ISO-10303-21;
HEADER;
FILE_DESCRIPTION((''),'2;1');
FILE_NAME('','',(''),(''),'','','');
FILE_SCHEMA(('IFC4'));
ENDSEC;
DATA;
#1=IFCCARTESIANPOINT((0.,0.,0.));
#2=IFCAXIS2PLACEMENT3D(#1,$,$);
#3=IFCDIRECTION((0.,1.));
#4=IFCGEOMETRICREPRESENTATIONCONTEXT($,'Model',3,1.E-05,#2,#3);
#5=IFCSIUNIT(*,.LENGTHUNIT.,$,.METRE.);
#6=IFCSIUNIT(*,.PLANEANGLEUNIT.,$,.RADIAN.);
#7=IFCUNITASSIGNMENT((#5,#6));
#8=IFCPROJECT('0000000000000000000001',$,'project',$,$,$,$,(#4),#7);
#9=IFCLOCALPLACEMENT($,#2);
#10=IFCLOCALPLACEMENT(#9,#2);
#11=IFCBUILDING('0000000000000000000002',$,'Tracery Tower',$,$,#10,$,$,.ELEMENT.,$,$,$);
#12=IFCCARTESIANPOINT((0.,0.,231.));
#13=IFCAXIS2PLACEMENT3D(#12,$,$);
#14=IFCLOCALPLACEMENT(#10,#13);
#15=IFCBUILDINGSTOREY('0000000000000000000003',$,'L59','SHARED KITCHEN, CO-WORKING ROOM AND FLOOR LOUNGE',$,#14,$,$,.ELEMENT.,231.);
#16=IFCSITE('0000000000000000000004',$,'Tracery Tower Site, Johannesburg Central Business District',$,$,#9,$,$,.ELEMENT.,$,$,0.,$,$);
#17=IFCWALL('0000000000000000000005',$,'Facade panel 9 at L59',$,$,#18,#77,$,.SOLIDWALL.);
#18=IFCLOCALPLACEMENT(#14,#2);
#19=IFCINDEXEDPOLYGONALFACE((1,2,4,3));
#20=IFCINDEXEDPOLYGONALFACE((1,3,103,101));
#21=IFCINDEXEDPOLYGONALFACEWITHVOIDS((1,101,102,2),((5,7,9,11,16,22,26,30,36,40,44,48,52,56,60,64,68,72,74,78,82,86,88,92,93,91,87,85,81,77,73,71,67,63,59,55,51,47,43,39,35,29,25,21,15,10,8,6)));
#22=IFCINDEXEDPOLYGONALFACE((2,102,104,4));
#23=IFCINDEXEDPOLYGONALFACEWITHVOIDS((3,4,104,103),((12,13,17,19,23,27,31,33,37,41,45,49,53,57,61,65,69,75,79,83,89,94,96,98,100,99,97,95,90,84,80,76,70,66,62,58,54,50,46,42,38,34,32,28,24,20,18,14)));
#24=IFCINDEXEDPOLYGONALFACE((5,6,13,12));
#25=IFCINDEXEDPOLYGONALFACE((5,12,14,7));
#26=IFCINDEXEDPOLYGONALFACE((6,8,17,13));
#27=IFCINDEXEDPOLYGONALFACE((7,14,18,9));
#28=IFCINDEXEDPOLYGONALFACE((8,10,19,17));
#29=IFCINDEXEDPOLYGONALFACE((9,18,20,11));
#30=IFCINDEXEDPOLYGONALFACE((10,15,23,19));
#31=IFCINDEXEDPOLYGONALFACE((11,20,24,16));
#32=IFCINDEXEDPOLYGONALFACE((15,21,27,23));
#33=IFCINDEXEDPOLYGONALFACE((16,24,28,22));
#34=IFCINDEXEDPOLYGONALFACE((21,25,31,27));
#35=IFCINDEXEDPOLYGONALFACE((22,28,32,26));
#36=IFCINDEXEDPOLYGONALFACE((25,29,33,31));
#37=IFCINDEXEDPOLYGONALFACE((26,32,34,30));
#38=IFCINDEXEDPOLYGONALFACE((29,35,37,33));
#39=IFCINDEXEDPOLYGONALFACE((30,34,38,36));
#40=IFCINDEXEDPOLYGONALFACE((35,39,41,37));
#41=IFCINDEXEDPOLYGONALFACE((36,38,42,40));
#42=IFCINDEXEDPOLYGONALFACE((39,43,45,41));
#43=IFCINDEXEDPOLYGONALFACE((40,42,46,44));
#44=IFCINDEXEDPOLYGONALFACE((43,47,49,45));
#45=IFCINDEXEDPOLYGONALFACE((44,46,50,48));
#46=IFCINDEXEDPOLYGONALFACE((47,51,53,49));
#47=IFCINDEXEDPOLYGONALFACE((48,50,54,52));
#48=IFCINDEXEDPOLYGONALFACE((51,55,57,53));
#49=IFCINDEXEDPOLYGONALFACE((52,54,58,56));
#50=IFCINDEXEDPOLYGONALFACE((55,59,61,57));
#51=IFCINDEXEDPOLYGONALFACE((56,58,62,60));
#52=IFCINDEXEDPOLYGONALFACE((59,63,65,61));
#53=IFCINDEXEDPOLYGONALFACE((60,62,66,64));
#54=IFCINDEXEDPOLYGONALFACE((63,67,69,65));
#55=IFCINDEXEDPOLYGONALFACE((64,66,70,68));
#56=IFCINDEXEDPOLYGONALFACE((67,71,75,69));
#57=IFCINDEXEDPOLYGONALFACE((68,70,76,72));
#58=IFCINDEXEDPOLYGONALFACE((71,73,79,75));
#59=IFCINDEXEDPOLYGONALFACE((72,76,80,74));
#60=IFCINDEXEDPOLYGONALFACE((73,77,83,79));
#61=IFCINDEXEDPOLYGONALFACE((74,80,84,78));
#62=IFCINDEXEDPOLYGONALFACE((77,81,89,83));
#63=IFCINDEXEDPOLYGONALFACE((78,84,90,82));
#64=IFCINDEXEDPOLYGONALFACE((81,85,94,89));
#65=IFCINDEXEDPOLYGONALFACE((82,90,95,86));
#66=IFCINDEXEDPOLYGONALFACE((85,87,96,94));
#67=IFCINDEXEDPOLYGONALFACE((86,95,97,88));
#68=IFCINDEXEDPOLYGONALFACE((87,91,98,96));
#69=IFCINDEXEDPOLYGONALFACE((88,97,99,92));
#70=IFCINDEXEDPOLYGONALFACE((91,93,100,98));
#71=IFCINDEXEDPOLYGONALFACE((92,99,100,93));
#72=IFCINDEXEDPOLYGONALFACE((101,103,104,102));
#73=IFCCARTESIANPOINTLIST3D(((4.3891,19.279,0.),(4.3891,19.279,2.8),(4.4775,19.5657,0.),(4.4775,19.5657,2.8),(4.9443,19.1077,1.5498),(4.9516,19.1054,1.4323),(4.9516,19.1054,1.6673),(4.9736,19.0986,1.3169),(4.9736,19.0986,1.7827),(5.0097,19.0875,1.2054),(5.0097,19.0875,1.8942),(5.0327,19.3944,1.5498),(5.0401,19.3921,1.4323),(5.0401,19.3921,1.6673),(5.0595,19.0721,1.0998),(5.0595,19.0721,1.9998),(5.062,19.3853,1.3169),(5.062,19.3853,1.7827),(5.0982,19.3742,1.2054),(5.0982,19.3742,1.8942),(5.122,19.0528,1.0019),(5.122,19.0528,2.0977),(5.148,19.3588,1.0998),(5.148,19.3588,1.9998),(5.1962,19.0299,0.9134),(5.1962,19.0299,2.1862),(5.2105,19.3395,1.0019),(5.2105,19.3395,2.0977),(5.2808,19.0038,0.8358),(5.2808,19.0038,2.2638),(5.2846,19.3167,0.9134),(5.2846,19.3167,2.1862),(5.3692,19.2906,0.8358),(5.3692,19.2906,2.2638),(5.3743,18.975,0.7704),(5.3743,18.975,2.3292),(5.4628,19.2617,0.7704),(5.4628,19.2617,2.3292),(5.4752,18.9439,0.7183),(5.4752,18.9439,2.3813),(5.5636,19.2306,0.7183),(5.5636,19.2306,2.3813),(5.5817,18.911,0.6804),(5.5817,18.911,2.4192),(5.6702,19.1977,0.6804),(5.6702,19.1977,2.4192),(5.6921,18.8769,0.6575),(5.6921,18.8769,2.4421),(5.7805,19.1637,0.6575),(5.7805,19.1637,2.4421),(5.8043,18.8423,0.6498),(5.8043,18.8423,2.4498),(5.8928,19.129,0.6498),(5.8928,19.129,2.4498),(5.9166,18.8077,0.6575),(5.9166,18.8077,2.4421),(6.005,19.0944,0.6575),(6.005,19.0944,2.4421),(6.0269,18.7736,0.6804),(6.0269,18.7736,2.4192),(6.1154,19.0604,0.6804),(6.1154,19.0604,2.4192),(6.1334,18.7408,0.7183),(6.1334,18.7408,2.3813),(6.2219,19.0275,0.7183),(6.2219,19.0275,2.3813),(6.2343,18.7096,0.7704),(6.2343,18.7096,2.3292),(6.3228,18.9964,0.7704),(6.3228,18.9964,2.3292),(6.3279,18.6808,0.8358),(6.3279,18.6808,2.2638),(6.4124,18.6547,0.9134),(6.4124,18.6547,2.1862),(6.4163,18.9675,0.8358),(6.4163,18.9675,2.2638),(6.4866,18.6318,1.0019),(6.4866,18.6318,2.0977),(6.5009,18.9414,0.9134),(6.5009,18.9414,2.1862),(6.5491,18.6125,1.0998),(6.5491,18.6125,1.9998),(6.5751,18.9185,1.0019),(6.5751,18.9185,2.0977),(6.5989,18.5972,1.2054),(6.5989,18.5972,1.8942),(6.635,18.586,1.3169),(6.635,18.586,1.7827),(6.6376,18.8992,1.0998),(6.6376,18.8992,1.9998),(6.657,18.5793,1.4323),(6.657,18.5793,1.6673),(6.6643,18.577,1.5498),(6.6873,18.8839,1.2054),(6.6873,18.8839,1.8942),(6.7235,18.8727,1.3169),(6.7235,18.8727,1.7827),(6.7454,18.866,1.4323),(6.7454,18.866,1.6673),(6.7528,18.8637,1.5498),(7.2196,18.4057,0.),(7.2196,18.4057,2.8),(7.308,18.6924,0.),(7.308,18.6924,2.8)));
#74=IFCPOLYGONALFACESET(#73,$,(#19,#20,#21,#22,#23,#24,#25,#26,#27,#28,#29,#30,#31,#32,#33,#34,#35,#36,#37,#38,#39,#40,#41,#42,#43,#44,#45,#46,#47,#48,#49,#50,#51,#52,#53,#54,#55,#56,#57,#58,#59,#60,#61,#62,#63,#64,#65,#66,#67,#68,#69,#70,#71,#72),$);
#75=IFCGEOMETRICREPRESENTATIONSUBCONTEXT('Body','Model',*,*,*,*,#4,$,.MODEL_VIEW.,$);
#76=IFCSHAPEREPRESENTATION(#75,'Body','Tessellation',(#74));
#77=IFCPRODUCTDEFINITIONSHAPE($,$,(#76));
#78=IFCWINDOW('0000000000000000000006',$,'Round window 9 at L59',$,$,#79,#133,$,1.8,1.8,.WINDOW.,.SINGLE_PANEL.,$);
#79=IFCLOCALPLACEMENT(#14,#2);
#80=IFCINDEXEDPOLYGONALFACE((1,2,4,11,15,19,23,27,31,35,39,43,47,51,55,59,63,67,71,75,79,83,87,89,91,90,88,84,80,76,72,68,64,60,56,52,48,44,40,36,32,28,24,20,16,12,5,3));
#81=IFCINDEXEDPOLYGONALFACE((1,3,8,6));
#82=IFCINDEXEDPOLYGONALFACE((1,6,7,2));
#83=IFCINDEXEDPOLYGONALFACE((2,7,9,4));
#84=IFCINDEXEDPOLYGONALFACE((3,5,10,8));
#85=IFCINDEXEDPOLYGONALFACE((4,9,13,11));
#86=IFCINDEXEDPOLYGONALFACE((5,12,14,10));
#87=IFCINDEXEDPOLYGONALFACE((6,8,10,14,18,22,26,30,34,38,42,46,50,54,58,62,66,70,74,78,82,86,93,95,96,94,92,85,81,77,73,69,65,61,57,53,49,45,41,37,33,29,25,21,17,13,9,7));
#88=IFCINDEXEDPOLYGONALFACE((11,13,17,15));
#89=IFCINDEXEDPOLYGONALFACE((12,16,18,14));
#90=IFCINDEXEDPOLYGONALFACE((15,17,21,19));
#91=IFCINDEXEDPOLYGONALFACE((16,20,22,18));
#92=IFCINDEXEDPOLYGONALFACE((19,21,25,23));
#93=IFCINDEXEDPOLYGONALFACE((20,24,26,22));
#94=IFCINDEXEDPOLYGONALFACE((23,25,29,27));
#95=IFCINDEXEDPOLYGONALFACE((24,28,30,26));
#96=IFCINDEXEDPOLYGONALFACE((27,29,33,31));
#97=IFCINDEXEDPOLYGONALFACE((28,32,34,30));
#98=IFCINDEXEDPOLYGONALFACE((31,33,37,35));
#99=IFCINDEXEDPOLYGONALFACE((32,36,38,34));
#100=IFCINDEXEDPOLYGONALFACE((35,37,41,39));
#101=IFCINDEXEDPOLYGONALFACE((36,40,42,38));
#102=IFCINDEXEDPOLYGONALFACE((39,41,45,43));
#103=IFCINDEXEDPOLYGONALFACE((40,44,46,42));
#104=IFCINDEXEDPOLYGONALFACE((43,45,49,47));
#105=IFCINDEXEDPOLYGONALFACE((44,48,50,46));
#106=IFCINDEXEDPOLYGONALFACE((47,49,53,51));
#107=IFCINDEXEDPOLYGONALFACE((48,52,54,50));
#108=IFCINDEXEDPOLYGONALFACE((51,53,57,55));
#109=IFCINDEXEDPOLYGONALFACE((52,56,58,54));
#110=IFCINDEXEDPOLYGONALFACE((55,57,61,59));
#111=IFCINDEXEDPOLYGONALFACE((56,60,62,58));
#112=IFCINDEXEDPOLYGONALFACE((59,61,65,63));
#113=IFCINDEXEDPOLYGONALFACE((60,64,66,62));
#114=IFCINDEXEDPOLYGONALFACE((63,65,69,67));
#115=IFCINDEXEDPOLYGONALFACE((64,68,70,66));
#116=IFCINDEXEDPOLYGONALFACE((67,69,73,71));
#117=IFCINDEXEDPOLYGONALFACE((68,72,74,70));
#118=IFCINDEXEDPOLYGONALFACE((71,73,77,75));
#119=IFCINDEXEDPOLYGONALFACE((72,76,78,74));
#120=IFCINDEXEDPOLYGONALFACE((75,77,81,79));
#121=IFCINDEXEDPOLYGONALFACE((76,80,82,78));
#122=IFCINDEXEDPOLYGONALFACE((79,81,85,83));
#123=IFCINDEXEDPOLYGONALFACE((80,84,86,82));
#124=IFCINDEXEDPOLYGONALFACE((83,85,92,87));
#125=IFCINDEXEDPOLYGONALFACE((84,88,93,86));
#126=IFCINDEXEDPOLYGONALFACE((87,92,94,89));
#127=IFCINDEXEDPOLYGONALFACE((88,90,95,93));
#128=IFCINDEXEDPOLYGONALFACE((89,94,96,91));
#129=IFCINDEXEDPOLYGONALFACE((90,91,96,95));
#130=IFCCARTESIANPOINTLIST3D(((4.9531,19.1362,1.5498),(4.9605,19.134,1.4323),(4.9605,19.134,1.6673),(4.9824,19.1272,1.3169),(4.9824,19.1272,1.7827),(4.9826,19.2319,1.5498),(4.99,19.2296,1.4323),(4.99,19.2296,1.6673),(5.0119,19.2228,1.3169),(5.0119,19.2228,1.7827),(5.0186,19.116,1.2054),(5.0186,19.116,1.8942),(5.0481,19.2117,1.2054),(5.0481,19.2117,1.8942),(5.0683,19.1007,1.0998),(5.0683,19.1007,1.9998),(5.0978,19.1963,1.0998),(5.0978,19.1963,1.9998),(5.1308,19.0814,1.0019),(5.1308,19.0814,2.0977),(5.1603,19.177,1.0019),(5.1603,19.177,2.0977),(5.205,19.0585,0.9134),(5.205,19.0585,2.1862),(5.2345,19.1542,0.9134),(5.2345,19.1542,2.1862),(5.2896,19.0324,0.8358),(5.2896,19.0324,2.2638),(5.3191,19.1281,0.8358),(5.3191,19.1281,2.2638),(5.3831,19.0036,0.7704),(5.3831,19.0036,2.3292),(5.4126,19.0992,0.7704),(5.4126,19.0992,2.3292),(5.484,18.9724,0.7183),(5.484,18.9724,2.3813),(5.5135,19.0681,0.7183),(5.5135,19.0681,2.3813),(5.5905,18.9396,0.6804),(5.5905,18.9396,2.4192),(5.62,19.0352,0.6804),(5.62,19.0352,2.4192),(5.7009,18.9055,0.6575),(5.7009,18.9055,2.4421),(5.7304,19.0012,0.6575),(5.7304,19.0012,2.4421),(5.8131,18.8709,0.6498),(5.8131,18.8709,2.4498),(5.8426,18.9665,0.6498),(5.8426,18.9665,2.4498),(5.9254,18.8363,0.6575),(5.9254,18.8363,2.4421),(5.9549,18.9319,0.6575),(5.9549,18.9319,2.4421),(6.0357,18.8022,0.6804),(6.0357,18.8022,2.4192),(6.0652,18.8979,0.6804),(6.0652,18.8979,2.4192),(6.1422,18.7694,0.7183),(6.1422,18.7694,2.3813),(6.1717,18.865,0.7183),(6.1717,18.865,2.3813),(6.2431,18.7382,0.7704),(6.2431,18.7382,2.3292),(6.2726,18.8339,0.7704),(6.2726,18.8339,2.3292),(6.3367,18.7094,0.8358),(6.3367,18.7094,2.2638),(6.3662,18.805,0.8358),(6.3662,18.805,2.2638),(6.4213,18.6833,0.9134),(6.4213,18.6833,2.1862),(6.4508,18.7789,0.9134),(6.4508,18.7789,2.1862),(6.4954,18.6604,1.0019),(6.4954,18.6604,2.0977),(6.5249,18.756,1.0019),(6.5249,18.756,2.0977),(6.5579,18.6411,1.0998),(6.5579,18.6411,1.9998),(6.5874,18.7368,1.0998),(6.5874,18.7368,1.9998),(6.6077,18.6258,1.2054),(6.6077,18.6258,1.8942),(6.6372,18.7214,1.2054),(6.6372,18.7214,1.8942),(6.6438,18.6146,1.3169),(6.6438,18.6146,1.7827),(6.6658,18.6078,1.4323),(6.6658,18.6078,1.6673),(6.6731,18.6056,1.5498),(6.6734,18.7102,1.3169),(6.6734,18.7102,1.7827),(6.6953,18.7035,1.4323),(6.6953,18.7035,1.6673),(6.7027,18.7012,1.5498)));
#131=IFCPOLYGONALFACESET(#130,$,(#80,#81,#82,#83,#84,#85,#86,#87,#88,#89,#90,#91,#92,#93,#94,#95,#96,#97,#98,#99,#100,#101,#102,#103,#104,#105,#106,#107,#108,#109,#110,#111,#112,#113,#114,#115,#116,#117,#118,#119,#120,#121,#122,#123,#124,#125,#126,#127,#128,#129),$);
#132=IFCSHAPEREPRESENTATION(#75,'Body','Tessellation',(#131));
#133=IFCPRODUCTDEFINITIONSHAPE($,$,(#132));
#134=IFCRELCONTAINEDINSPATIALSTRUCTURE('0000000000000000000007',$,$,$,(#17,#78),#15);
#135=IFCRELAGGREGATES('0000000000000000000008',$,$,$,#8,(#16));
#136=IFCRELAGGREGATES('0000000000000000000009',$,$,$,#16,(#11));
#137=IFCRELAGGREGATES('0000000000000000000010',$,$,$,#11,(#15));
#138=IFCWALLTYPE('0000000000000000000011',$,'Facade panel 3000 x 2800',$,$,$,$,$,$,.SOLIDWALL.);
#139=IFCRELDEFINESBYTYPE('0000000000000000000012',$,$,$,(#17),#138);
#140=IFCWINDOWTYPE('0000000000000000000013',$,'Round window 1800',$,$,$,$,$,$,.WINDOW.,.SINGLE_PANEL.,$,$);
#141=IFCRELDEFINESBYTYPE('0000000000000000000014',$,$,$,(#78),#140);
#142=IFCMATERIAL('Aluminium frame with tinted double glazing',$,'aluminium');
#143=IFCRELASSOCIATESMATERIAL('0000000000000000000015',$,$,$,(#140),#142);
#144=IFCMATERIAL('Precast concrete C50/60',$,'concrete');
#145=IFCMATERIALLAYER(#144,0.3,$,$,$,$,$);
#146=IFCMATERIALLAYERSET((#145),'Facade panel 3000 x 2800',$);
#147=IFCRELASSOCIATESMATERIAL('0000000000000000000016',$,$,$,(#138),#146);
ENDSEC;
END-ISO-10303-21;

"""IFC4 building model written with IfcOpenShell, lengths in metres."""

from ifc_helpers import new_model, si_unit, direction, frame, frame_2d, origin, origin_2d, place, context, subcontext, project, spatial, rectangle, circle, extrude, material, layer, layer_set, type_object, element, fill, save


model = new_model("IFC4")

# Units and contexts
model_context = context("Model", 3, precision=1e-05, world=origin(), true_north=direction((0.0, 1.0)))
body_context = subcontext(model_context, "Body", "Model", "MODEL_VIEW")
ifc_project = project(units=[si_unit("LENGTHUNIT", "METRE"), si_unit("PLANEANGLEUNIT", "RADIAN")], contexts=[model_context])

# Site, building, storey
site_placement = place(None, origin())
site = spatial("IfcSite", under=ifc_project, at=site_placement, Name="Tracery Tower Site, Johannesburg Central Business District", CompositionType="ELEMENT", RefElevation=0.0)
building_placement = place(site_placement, origin())
building = spatial("IfcBuilding", under=site, at=building_placement, Name="Tracery Tower", CompositionType="ELEMENT")
storey_placement = place(building_placement, frame((0.0, 0.0, 231.0)))
storey = spatial("IfcBuildingStorey", under=building, at=storey_placement, Name="L59", Description="SHARED KITCHEN, CO-WORKING ROOM AND FLOOR LOUNGE", CompositionType="ELEMENT", Elevation=231.0)

# Wall, opening, window
ifc_material_1 = material(Name="Aluminium frame with tinted double glazing", Category="aluminium")
window_type = type_object("IfcWindowType", Name="Round window 1800", PartitioningType="SINGLE_PANEL", PredefinedType="WINDOW", material=ifc_material_1)
ifc_material_2 = material(Name="Precast concrete C50/60", Category="concrete")
ifc_layer_1 = layer(ifc_material_2, 0.3)
ifc_layer_set_1 = layer_set([ifc_layer_1], Name="Facade panel 3000 x 2800")
wall_type_1 = type_object("IfcWallType", Name="Facade panel 3000 x 2800", PredefinedType="SOLIDWALL", material=ifc_layer_set_1)
wall_1_placement = place(storey_placement, frame((7.2637, 18.5491, 0.0), z_axis=(0.0, 0.0, 1.0), x_axis=(-0.955556, 0.29481, 0.0)))
wall_1 = element("IfcWall", 1, at=wall_1_placement, inside=storey, type_object=wall_type_1, Name="Facade panel 9 at L59", PredefinedType="SOLIDWALL", context=body_context, shape_type="SweptSolid", body=[
    extrude(rectangle(XDim=2.9622, YDim=0.3, at=frame_2d((1.481, 0.0))), origin(), (0.0, 0.0, 1.0), 2.8),
])
opening_1_placement = place(wall_1_placement, frame((1.481, 0.0, 1.5498)))
opening_1 = element("IfcOpeningElement", 2, at=opening_1_placement, cuts=wall_1, PredefinedType="OPENING", context=body_context, shape_type="SweptSolid", body=[
    extrude(circle(Radius=0.9, at=origin_2d()), frame((0.0, 0.1599, 0.0), z_axis=(0.0, -1.0, 0.0), x_axis=(1.0, 0.0, 0.0)), (0.0, 0.0, 1.0), 0.3201),
])
window_1_placement = place(opening_1_placement, origin())
window_1 = element("IfcWindow", 3, at=window_1_placement, inside=storey, type_object=window_type, Name="Round window 9 at L59", OverallHeight=1.8, OverallWidth=1.8, PartitioningType="SINGLE_PANEL", PredefinedType="WINDOW", context=body_context, shape_type="SweptSolid", body=[
    extrude(circle(Radius=0.9, at=origin_2d()), frame((0.0, 0.1201, 0.0), z_axis=(0.0, -1.0, 0.0), x_axis=(1.0, 0.0, 0.0)), (0.0, 0.0, 1.0), 0.1001),
])
fill(opening_1, window_1)

save(model, "model.ifc")
